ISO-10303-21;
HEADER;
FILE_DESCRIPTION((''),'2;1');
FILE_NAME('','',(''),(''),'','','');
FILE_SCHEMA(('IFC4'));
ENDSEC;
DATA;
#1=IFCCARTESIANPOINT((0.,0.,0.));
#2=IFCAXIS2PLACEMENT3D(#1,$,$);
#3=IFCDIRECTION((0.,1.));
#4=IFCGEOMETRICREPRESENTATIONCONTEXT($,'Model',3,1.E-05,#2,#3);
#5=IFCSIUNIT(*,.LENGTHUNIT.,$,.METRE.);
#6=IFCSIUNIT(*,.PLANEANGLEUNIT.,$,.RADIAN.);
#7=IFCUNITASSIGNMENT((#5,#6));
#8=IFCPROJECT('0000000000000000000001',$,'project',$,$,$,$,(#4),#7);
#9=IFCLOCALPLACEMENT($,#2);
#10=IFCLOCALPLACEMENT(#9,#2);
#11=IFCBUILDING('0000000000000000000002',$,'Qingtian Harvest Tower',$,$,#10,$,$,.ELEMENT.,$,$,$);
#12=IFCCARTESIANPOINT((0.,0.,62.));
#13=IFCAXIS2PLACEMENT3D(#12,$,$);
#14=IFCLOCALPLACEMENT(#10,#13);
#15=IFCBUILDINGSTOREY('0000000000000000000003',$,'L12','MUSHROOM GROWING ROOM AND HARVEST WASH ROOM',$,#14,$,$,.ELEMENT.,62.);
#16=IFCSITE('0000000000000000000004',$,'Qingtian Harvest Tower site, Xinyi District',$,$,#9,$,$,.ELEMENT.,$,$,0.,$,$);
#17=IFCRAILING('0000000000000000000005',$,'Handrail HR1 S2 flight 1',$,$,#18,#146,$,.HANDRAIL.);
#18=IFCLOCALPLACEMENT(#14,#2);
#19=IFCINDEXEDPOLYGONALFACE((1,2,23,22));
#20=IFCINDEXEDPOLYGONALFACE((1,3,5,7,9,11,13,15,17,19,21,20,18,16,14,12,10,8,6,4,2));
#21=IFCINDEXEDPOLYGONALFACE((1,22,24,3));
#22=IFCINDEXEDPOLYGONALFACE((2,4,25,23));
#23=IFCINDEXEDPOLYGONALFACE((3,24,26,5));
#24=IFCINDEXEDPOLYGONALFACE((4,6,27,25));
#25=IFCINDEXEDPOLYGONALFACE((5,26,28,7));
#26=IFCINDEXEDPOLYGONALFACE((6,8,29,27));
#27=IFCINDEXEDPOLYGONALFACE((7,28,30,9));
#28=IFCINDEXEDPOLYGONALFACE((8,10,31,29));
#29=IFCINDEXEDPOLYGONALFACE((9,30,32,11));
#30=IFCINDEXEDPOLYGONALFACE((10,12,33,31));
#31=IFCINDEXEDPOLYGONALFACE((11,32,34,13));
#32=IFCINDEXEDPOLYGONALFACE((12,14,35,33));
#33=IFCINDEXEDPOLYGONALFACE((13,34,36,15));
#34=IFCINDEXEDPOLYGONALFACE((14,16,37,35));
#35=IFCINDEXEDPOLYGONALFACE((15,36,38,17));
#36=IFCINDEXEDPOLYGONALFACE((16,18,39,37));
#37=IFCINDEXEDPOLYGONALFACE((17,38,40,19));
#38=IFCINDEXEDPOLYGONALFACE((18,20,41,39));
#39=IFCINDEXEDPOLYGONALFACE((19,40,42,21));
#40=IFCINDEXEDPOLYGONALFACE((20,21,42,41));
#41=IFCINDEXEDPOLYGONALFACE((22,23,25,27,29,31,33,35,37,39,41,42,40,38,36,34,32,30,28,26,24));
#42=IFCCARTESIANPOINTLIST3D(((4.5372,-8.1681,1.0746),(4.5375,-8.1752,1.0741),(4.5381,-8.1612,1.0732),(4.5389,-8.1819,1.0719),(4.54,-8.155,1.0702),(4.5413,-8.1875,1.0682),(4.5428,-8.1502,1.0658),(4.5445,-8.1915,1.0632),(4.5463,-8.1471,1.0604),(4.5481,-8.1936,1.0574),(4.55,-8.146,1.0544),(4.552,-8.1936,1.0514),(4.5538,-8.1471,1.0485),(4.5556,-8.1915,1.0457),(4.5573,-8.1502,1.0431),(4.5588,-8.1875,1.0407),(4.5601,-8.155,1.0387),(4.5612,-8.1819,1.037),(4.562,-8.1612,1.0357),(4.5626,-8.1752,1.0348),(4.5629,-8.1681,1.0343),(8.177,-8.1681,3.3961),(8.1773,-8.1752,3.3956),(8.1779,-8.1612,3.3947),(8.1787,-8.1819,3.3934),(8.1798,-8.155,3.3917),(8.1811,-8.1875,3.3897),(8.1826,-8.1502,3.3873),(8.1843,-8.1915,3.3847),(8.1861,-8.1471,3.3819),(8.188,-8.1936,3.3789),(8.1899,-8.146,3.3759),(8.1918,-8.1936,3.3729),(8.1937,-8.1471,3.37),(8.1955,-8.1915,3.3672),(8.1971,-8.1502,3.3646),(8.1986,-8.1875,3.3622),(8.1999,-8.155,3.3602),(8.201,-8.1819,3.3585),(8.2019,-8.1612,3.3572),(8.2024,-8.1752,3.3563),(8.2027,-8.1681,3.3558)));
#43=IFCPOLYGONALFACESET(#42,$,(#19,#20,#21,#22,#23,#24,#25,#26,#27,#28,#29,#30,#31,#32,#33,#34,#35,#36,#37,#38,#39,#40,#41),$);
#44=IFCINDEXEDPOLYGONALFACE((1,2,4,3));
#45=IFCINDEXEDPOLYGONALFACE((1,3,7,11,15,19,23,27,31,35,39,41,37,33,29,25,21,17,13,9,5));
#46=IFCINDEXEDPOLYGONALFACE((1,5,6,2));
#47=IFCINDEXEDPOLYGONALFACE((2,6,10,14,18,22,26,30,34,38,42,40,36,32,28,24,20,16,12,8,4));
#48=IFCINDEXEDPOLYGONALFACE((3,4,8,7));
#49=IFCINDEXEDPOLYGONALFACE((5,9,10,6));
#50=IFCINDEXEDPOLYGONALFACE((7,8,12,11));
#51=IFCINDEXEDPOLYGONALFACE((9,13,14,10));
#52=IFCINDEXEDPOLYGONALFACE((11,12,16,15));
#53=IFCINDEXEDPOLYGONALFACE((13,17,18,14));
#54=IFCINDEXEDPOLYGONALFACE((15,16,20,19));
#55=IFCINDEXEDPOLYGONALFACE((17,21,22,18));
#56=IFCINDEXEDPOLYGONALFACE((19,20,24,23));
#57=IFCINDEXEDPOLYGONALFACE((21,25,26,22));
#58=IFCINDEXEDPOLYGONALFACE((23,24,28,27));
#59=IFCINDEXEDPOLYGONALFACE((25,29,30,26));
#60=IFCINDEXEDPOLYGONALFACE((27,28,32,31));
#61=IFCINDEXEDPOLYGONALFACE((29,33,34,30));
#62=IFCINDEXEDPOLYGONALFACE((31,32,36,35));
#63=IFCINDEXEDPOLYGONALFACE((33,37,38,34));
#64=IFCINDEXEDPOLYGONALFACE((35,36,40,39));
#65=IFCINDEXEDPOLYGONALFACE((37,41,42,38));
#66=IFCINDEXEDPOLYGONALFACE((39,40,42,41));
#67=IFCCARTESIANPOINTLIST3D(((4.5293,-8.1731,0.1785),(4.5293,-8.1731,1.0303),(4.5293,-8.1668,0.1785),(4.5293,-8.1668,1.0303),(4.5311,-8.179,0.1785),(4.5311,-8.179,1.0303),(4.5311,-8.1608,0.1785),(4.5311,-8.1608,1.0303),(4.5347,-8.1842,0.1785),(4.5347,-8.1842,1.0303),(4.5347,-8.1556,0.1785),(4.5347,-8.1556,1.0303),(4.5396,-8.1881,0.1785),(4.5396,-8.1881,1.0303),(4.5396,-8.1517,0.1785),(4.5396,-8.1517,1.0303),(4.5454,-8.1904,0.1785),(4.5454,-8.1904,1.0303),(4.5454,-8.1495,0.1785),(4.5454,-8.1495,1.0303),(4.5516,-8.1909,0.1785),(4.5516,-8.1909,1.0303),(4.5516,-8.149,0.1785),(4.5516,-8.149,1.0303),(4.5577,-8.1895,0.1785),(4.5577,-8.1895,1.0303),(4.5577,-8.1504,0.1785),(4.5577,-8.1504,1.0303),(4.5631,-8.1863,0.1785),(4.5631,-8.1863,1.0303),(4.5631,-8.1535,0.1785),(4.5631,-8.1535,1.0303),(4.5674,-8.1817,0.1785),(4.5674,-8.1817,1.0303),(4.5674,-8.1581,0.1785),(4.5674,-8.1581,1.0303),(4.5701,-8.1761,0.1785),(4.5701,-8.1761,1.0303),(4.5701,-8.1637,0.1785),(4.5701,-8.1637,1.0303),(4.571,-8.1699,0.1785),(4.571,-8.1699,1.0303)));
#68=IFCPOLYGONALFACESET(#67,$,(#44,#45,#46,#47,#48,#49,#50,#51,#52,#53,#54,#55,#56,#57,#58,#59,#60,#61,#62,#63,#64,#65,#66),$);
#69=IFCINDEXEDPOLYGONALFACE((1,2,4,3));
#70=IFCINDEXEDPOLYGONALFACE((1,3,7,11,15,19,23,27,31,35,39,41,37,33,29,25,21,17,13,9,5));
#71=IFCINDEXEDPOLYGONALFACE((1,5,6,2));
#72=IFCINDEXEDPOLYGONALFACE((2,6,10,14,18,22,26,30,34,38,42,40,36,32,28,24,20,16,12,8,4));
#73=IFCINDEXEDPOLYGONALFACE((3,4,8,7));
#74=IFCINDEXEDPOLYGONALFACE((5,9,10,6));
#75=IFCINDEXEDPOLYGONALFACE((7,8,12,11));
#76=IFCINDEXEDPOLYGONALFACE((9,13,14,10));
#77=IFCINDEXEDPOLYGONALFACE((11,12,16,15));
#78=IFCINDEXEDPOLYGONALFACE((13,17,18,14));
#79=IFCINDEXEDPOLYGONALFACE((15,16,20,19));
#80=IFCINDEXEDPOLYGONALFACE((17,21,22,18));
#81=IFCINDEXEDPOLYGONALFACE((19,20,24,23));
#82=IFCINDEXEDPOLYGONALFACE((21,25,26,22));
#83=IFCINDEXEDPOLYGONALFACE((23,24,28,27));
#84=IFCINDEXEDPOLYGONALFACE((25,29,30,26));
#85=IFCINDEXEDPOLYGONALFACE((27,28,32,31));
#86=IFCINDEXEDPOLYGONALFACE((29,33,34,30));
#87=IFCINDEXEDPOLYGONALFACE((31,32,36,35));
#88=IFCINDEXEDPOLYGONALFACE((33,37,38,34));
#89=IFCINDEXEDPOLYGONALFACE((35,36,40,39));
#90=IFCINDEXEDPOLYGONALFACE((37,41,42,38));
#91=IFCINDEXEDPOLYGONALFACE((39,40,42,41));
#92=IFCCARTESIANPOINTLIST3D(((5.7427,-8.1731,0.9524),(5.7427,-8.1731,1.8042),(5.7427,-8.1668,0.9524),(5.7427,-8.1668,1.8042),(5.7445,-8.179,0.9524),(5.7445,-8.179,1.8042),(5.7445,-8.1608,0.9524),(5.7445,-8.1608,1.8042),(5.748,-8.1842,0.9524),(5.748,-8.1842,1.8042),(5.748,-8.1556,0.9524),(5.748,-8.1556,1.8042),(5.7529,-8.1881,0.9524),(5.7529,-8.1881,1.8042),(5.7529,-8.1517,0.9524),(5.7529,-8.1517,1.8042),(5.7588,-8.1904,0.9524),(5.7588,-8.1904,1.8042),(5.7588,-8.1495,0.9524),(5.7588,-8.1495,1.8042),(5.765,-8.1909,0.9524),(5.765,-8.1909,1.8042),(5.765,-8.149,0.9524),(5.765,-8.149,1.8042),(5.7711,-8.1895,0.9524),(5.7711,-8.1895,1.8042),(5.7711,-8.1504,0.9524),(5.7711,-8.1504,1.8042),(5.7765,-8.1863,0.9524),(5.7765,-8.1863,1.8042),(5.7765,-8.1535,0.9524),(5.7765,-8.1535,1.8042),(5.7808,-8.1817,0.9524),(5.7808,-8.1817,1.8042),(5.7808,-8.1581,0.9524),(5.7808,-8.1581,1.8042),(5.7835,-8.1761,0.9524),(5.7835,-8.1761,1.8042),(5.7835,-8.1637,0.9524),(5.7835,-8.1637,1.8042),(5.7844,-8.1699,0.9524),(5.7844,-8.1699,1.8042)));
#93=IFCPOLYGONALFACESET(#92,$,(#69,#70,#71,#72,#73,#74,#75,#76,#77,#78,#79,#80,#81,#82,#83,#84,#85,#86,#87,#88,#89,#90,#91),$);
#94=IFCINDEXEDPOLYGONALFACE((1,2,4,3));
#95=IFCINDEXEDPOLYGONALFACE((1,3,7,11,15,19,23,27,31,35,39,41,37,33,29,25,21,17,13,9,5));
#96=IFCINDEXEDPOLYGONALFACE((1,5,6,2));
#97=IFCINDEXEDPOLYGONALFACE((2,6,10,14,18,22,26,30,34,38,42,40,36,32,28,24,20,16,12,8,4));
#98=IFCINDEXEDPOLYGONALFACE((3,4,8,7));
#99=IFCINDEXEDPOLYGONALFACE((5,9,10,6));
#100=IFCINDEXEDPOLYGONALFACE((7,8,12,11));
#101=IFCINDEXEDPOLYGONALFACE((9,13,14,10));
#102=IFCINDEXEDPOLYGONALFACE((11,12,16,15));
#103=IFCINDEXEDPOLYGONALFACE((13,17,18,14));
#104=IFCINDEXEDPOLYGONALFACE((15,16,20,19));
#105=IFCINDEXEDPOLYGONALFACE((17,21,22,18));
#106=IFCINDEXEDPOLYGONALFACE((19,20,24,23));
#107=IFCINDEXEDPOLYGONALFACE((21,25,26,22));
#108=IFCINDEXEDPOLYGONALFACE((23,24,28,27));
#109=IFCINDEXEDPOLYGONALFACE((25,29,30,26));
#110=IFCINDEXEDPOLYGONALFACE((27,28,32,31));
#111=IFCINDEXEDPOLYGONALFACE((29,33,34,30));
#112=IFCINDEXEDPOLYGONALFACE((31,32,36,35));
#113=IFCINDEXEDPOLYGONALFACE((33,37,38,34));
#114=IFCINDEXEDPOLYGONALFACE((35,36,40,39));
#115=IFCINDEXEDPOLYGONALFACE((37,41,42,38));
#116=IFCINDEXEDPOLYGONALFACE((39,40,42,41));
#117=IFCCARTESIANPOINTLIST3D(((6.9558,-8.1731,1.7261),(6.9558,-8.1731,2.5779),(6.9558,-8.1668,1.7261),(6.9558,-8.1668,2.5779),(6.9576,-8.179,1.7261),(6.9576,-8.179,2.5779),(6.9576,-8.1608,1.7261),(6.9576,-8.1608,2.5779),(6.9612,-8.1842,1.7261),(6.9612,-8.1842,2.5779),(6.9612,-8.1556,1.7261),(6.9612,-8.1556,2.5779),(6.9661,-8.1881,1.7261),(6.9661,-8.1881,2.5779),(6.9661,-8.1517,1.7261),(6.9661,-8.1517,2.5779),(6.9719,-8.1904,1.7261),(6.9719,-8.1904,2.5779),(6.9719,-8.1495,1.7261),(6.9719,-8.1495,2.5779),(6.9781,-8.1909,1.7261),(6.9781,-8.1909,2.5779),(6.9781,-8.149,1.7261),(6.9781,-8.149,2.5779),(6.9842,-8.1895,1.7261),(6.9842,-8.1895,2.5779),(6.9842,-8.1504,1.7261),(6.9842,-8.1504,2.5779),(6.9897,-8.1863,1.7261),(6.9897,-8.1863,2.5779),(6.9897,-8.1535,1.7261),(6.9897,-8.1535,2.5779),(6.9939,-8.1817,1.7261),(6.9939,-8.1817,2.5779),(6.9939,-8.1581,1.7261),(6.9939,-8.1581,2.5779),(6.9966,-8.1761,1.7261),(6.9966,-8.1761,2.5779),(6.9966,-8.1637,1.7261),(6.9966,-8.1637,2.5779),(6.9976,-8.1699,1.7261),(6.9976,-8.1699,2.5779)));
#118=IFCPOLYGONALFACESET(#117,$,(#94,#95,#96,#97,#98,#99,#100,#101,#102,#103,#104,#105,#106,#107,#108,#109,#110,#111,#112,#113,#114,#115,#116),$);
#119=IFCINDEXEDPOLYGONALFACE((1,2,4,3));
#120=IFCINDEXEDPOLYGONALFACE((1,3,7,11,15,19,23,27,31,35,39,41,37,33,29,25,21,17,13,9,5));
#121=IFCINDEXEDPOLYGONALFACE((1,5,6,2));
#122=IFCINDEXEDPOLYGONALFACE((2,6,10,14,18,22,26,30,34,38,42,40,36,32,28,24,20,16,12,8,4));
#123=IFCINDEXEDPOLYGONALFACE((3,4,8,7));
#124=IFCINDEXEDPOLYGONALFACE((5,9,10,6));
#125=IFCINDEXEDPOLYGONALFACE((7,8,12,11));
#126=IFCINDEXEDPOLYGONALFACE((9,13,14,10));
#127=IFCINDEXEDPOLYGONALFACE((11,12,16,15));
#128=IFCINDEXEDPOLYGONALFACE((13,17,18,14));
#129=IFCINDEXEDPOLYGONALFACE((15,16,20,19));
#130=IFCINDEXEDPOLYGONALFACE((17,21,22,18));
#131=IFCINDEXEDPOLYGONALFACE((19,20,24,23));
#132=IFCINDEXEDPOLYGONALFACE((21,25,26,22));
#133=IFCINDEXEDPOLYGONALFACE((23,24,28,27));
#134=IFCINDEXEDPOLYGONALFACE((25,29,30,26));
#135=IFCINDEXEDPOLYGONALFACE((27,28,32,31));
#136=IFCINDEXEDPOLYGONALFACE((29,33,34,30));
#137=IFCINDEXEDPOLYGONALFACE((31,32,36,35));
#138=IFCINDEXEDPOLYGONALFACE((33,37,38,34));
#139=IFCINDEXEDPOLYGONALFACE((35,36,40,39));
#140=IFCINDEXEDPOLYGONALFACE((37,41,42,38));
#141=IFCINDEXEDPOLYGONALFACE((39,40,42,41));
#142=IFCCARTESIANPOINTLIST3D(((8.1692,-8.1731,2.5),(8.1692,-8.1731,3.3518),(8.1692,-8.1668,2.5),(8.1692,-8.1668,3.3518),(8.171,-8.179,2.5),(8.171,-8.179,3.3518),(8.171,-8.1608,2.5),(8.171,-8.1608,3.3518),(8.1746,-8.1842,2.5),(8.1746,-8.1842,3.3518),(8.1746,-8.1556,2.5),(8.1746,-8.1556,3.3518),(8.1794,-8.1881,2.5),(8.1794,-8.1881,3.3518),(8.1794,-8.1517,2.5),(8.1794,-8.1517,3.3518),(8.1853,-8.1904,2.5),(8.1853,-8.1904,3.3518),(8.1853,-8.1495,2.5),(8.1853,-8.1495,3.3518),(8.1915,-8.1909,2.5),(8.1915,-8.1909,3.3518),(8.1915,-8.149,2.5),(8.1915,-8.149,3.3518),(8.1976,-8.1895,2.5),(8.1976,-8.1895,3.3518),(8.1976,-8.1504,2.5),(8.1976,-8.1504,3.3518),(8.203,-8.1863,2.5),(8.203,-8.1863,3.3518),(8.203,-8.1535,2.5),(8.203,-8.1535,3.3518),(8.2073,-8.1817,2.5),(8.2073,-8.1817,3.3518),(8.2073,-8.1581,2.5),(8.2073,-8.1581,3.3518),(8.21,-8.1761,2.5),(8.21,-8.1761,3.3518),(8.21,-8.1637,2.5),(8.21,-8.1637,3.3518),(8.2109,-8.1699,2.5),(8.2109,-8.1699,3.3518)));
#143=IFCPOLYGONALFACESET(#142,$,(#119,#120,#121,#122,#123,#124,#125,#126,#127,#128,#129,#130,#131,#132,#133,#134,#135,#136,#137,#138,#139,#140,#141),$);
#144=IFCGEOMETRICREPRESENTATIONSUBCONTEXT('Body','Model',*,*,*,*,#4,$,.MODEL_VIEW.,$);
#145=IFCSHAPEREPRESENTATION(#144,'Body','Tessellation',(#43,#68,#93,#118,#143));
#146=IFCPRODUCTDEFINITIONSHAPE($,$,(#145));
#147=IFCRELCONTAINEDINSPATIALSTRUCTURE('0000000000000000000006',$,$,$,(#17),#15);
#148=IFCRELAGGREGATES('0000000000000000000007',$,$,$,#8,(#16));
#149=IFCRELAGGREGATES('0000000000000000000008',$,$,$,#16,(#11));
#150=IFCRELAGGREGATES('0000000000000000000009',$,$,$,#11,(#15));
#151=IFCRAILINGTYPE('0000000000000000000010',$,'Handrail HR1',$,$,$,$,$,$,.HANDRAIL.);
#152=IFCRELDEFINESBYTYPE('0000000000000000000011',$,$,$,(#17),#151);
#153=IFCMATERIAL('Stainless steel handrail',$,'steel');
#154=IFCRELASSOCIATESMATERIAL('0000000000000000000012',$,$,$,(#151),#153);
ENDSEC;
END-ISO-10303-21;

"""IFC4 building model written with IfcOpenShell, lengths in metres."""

from ifc_helpers import new_model, si_unit, direction, frame, origin, origin_2d, place, context, subcontext, project, spatial, circle, extrude, material, type_object, element, save


model = new_model("IFC4")

# Units and contexts
model_context = context("Model", 3, precision=1e-05, world=origin(), true_north=direction((0.0, 1.0)))
body_context = subcontext(model_context, "Body", "Model", "MODEL_VIEW")
ifc_project = project(units=[si_unit("LENGTHUNIT", "METRE"), si_unit("PLANEANGLEUNIT", "RADIAN")], contexts=[model_context])

# Site, building, storey
site_placement = place(None, origin())
site = spatial("IfcSite", under=ifc_project, at=site_placement, Name="Qingtian Harvest Tower site, Xinyi District", CompositionType="ELEMENT", RefElevation=0.0)
building_placement = place(site_placement, origin())
building = spatial("IfcBuilding", under=site, at=building_placement, Name="Qingtian Harvest Tower", CompositionType="ELEMENT")
storey_placement = place(building_placement, frame((0.0, 0.0, 62.0)))
storey = spatial("IfcBuildingStorey", under=building, at=storey_placement, Name="L12", Description="MUSHROOM GROWING ROOM AND HARVEST WASH ROOM", CompositionType="ELEMENT", Elevation=62.0)

# Railing
ifc_material_1 = material(Name="Stainless steel handrail", Category="steel")
railing_type = type_object("IfcRailingType", Name="Handrail HR1", PredefinedType="HANDRAIL", material=ifc_material_1)
railing_1_placement = place(storey_placement, frame((4.55, -8.1699, 0.1785)))
element("IfcRailing", 1, at=railing_1_placement, inside=storey, type_object=railing_type, Name="Handrail HR1 S2 flight 1", PredefinedType="HANDRAIL", context=body_context, shape_type="SweptSolid", body=[
    extrude(circle(Radius=0.0239, at=origin_2d()), frame((0.0, 0.0, 0.876), z_axis=(0.843112, 0.0, 0.537739), x_axis=(0.0, 1.0, 0.0)), (0.0, 0.0, 1.0), 4.3171),
    extrude(circle(Radius=0.021, at=origin_2d()), origin(), (0.0, 0.0, 1.0), 0.8518),
    extrude(circle(Radius=0.021, at=origin_2d()), frame((1.2134, 0.0, 0.7739)), (0.0, 0.0, 1.0), 0.8518),
    extrude(circle(Radius=0.021, at=origin_2d()), frame((2.4265, 0.0, 1.5476)), (0.0, 0.0, 1.0), 0.8518),
    extrude(circle(Radius=0.021, at=origin_2d()), frame((3.6399, 0.0, 2.3215)), (0.0, 0.0, 1.0), 0.8518),
])

save(model, "model.ifc")
